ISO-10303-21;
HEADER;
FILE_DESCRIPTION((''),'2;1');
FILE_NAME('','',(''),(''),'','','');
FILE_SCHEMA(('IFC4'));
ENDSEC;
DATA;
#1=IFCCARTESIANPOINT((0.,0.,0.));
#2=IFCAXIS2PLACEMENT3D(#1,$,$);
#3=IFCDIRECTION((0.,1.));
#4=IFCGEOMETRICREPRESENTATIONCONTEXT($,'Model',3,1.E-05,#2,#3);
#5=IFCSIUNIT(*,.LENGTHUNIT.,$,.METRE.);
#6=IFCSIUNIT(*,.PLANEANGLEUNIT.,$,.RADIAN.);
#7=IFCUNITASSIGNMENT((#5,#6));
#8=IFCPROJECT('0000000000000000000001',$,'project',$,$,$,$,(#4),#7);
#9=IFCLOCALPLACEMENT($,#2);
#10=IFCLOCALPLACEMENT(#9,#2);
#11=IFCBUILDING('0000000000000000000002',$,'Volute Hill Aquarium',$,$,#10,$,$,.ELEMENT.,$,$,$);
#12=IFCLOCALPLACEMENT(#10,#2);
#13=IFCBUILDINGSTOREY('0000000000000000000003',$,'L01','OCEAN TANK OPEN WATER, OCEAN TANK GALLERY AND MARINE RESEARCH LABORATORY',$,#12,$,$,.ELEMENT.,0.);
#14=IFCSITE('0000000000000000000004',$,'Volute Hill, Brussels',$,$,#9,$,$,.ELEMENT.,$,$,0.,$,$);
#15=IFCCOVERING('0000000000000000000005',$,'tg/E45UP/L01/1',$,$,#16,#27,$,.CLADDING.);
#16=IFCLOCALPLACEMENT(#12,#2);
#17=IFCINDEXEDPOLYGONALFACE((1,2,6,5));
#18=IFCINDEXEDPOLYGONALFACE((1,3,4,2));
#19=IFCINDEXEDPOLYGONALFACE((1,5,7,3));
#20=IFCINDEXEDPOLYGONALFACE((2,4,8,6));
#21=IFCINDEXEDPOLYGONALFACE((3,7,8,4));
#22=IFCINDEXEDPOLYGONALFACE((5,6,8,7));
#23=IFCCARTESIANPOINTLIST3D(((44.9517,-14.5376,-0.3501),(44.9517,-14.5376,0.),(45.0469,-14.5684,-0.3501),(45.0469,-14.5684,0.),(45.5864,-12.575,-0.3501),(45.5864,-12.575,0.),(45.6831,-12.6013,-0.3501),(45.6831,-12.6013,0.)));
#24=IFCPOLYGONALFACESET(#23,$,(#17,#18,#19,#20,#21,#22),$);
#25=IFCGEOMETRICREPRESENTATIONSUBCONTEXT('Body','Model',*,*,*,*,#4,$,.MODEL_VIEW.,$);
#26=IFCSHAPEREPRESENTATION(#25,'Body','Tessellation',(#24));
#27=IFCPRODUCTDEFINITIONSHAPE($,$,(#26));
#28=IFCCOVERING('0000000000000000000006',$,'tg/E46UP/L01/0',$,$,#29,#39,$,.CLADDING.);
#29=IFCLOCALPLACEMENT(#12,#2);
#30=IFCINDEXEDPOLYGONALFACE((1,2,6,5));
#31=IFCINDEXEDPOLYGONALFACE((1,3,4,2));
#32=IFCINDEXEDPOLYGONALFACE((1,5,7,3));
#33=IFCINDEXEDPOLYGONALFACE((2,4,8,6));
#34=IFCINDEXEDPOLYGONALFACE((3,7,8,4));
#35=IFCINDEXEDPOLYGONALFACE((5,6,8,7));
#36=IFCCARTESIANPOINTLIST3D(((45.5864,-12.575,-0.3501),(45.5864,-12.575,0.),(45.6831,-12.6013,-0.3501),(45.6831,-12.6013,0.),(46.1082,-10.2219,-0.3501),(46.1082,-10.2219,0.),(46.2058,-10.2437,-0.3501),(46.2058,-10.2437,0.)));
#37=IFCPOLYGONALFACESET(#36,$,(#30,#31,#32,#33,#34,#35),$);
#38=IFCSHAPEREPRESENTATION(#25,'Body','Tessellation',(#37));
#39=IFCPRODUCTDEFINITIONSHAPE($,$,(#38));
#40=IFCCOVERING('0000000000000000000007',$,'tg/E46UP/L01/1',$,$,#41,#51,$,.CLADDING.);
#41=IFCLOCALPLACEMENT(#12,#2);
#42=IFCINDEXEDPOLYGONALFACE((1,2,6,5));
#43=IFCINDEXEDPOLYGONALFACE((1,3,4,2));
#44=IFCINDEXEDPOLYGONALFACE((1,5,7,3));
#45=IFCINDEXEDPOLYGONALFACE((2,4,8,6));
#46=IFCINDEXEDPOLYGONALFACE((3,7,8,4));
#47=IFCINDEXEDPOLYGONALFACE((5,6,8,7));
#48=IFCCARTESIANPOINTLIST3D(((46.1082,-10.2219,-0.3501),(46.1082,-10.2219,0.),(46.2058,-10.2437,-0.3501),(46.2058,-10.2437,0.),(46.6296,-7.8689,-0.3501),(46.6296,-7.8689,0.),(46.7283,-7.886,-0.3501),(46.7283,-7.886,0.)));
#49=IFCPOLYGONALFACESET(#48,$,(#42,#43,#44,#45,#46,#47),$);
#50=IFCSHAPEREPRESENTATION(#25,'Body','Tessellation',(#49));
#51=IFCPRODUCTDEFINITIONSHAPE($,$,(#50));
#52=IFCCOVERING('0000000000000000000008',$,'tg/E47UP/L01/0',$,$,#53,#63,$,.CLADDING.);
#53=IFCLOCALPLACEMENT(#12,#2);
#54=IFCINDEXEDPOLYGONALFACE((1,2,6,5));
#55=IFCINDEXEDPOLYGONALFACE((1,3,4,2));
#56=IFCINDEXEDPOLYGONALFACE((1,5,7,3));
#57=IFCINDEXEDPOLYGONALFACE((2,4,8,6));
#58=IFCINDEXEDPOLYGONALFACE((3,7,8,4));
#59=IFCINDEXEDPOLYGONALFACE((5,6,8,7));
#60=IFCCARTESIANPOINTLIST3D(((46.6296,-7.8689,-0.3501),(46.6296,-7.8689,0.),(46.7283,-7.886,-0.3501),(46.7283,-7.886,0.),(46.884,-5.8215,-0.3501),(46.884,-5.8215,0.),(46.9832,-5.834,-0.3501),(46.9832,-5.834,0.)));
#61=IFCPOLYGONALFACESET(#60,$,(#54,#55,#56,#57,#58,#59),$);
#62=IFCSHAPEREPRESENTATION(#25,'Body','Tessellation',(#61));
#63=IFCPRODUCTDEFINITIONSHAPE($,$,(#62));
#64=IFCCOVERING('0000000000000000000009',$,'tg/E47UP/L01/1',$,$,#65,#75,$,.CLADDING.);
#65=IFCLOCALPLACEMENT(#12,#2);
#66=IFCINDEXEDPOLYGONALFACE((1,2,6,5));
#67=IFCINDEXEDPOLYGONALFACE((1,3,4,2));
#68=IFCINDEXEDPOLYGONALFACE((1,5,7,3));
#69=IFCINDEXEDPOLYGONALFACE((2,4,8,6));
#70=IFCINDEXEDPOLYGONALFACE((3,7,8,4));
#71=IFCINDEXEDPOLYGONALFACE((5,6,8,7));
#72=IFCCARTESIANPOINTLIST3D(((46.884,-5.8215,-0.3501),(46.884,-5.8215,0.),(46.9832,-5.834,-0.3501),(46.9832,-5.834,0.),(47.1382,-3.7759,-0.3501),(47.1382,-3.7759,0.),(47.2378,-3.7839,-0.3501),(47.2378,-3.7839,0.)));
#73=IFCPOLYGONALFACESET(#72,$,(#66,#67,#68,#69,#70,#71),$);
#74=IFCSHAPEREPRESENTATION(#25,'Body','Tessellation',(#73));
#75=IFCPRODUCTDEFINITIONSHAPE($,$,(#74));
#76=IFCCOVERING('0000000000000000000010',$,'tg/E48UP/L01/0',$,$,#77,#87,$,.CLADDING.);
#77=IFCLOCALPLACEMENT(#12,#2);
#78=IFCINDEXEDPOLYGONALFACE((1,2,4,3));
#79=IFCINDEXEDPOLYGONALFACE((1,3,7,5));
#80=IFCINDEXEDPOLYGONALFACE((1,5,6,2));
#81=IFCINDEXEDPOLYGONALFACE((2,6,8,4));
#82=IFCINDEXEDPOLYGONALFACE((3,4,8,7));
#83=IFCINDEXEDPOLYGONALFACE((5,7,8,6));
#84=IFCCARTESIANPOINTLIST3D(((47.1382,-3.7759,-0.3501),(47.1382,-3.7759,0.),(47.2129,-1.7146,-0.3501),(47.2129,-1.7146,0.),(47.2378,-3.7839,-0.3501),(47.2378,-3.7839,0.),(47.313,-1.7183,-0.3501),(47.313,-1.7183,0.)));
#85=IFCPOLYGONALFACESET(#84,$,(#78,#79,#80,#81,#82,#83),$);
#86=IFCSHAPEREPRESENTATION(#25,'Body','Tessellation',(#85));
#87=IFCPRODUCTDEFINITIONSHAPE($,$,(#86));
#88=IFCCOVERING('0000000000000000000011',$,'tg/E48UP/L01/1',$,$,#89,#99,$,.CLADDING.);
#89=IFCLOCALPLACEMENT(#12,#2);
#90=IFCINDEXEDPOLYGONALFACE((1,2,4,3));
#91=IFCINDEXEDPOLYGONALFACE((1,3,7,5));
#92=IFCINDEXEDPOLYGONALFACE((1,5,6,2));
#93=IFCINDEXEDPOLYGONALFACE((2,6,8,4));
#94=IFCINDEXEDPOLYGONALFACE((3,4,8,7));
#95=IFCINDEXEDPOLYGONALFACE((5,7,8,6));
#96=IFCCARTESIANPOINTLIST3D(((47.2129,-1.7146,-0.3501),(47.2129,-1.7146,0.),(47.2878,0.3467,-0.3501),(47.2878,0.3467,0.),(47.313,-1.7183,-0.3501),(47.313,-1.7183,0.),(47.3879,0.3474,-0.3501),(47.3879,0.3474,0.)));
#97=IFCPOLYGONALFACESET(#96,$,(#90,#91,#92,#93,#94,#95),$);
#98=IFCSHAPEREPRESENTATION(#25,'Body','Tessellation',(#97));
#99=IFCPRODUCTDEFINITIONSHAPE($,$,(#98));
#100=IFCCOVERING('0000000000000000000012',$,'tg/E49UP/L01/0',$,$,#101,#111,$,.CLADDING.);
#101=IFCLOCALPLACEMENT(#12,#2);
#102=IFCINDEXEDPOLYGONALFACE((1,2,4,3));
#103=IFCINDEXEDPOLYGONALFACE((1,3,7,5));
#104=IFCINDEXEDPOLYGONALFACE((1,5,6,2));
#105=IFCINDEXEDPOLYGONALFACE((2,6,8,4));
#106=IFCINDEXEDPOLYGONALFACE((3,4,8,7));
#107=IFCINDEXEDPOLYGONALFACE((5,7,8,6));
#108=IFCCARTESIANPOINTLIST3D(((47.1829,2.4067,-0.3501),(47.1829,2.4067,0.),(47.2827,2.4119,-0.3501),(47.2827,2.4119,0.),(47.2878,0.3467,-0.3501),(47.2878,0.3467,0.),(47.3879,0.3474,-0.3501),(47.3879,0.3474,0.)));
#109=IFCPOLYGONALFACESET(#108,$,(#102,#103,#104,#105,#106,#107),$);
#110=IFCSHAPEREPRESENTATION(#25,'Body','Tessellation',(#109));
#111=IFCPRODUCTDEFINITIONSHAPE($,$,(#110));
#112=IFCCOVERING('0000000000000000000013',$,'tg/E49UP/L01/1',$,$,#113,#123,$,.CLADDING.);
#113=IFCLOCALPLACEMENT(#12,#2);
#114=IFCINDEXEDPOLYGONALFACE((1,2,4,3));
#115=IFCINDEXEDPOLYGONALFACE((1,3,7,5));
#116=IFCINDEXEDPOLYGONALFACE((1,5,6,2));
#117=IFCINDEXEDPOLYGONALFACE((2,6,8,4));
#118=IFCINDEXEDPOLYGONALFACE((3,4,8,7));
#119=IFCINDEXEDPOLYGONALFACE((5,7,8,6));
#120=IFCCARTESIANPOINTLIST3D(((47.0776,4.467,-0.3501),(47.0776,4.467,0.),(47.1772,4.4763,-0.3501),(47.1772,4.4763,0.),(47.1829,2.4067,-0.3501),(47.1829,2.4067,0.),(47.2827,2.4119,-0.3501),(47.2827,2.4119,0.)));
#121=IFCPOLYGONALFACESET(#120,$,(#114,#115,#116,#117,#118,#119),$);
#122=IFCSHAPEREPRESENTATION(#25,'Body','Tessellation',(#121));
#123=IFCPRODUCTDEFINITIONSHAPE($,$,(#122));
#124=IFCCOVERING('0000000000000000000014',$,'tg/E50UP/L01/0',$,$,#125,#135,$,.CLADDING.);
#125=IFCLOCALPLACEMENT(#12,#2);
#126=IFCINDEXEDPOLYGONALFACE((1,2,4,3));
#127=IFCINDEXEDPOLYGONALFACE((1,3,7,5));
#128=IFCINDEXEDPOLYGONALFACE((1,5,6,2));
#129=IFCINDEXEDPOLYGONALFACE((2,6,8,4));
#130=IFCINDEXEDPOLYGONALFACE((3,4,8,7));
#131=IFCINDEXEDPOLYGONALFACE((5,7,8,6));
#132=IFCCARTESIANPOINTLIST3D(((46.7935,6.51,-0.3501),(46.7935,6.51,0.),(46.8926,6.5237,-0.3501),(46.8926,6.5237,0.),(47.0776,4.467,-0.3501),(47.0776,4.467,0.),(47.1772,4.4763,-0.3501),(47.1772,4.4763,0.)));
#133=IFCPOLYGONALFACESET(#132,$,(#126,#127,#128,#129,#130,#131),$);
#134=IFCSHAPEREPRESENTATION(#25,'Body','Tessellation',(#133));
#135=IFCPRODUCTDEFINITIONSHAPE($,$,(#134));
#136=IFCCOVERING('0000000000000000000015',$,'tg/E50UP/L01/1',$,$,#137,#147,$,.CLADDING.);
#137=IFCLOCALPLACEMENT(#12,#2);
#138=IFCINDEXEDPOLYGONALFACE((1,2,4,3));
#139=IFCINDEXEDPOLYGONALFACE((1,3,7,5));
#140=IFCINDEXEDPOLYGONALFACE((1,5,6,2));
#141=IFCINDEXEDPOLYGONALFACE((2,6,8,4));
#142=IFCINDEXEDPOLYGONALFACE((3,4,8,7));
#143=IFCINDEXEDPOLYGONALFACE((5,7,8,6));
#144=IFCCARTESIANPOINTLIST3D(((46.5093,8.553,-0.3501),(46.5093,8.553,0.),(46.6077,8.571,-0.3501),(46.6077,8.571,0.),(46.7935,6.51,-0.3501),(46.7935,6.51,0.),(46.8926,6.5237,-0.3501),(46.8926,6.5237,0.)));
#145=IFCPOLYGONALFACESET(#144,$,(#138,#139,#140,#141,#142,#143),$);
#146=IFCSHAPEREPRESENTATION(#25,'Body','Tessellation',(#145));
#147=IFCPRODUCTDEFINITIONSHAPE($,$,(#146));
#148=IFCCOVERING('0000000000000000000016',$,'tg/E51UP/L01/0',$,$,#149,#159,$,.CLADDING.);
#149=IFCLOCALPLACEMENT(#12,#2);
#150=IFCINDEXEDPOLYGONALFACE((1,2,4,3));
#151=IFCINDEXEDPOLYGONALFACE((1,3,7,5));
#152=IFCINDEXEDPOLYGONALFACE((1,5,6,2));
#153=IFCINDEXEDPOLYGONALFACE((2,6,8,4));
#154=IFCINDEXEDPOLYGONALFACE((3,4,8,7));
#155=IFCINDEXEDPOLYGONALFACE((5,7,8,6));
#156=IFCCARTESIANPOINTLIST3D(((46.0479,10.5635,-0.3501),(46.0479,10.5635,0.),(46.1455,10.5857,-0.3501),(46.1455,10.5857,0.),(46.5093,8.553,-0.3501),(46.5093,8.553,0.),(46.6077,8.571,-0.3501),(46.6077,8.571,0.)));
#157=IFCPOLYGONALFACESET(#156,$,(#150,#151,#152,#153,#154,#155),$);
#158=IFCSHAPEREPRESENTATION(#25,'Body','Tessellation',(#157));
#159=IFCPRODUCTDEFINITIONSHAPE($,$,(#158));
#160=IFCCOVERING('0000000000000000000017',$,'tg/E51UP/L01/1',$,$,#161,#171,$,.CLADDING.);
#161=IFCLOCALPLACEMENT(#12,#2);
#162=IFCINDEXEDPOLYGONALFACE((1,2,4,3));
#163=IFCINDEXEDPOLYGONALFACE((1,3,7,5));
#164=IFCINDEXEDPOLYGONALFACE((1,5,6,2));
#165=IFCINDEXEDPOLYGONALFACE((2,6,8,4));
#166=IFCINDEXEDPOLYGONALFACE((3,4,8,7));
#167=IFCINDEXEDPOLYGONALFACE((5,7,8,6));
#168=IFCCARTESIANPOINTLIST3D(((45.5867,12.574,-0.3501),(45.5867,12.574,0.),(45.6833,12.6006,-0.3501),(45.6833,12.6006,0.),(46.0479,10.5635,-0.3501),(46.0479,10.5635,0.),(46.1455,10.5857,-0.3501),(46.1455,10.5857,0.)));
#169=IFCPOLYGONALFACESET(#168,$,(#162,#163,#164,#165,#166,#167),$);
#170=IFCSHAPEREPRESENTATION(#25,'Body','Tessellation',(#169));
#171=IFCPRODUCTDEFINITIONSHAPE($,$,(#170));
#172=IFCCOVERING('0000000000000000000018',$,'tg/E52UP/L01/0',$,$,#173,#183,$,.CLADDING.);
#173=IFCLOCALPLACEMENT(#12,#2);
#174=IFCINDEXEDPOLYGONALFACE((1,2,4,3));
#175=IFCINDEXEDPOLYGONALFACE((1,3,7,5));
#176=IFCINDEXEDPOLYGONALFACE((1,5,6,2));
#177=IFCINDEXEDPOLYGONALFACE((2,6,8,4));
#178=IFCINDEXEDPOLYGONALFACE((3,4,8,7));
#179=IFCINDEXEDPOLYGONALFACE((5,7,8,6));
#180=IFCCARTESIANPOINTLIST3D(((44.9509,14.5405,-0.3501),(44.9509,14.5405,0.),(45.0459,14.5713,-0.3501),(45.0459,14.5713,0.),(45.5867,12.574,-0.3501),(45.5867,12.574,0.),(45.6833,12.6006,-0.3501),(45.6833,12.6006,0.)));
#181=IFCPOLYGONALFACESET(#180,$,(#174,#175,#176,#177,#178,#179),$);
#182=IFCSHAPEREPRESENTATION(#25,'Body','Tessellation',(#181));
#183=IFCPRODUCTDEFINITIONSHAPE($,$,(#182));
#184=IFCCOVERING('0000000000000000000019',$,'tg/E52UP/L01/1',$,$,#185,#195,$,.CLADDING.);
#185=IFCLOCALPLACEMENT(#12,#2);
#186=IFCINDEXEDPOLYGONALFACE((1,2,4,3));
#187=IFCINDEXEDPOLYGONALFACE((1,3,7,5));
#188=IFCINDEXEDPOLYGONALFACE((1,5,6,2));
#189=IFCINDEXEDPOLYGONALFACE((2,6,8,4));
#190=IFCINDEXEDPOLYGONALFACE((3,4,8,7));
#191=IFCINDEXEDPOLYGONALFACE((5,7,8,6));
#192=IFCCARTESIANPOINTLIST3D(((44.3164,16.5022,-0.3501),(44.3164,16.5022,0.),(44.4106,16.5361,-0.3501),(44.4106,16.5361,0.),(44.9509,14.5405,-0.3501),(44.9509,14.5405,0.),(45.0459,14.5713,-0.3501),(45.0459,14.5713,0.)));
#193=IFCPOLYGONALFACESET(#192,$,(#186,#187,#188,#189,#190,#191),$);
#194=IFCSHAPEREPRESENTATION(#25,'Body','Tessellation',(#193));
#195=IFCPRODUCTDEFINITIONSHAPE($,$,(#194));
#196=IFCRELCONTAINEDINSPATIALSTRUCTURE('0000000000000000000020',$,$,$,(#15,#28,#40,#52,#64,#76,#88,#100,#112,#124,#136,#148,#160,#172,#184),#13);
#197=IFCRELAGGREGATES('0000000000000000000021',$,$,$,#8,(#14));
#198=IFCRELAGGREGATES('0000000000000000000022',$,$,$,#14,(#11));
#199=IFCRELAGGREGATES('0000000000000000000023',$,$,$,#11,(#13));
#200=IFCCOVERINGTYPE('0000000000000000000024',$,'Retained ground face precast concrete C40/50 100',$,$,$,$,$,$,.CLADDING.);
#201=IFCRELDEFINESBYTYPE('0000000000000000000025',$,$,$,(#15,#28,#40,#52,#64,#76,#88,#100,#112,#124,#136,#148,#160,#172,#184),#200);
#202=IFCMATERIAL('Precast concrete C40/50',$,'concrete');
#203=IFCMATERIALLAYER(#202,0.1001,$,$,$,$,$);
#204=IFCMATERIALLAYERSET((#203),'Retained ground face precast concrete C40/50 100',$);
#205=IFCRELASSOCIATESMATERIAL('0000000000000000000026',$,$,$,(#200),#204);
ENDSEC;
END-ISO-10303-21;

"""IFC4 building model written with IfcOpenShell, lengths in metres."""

from ifc_helpers import new_model, si_unit, direction, frame, origin, place, context, subcontext, project, spatial, polyline, outline, extrude, material, layer, layer_set, type_object, element, save


model = new_model("IFC4")

# Units and contexts
model_context = context("Model", 3, precision=1e-05, world=origin(), true_north=direction((0.0, 1.0)))
body_context = subcontext(model_context, "Body", "Model", "MODEL_VIEW")
ifc_project = project(units=[si_unit("LENGTHUNIT", "METRE"), si_unit("PLANEANGLEUNIT", "RADIAN")], contexts=[model_context])

# Site, building, storey
site_placement = place(None, origin())
site = spatial("IfcSite", under=ifc_project, at=site_placement, Name="Volute Hill, Brussels", CompositionType="ELEMENT", RefElevation=0.0)
building_placement = place(site_placement, origin())
building = spatial("IfcBuilding", under=site, at=building_placement, Name="Volute Hill Aquarium", CompositionType="ELEMENT")
storey_placement = place(building_placement, origin())
storey = spatial("IfcBuildingStorey", under=building, at=storey_placement, Name="L01", Description="OCEAN TANK OPEN WATER, OCEAN TANK GALLERY AND MARINE RESEARCH LABORATORY", CompositionType="ELEMENT", Elevation=0.0)

# Coverings
ifc_material = material(Name="Precast concrete C40/50", Category="concrete")
ifc_layer = layer(ifc_material, 0.1001)
ifc_layer_set = layer_set([ifc_layer], Name="Retained ground face precast concrete C40/50 100")
covering_type = type_object("IfcCoveringType", Name="Retained ground face precast concrete C40/50 100", PredefinedType="CLADDING", material=ifc_layer_set)
covering_1_placement = place(storey_placement, frame((0.0, 0.0, -0.3501)))
element("IfcCovering", 1, at=covering_1_placement, inside=storey, type_object=covering_type, Name="tg/E45UP/L01/1", PredefinedType="CLADDING", context=body_context, shape_type="SweptSolid", body=[
    extrude(outline(polyline([(45.6831, -12.6013), (45.6831, -12.6013), (45.5864, -12.575), (45.5864, -12.575), (44.9517, -14.5376), (45.0469, -14.5684), (45.6831, -12.6013)])), origin(), (0.0, 0.0, 1.0), 0.3501),
])
covering_2_placement = place(storey_placement, frame((0.0, 0.0, -0.3501)))
element("IfcCovering", 2, at=covering_2_placement, inside=storey, type_object=covering_type, Name="tg/E46UP/L01/0", PredefinedType="CLADDING", context=body_context, shape_type="SweptSolid", body=[
    extrude(outline(polyline([(45.6831, -12.6013), (46.2058, -10.2437), (46.1082, -10.2219), (45.5864, -12.575), (45.6831, -12.6013)])), origin(), (0.0, 0.0, 1.0), 0.3501),
])
covering_3_placement = place(storey_placement, frame((0.0, 0.0, -0.3501)))
element("IfcCovering", 3, at=covering_3_placement, inside=storey, type_object=covering_type, Name="tg/E46UP/L01/1", PredefinedType="CLADDING", context=body_context, shape_type="SweptSolid", body=[
    extrude(outline(polyline([(46.2058, -10.2437), (46.7283, -7.886), (46.6296, -7.8689), (46.1082, -10.2219), (46.2058, -10.2437)])), origin(), (0.0, 0.0, 1.0), 0.3501),
])
covering_4_placement = place(storey_placement, frame((0.0, 0.0, -0.3501)))
element("IfcCovering", 4, at=covering_4_placement, inside=storey, type_object=covering_type, Name="tg/E47UP/L01/0", PredefinedType="CLADDING", context=body_context, shape_type="SweptSolid", body=[
    extrude(outline(polyline([(46.7283, -7.886), (46.9832, -5.834), (46.884, -5.8215), (46.6296, -7.8689), (46.6296, -7.8689), (46.7283, -7.886), (46.7283, -7.886)])), origin(), (0.0, 0.0, 1.0), 0.3501),
])
covering_5_placement = place(storey_placement, frame((0.0, 0.0, -0.3501)))
element("IfcCovering", 5, at=covering_5_placement, inside=storey, type_object=covering_type, Name="tg/E47UP/L01/1", PredefinedType="CLADDING", context=body_context, shape_type="SweptSolid", body=[
    extrude(outline(polyline([(46.9832, -5.834), (47.2378, -3.7839), (47.1382, -3.7759), (47.1382, -3.7759), (46.884, -5.8215), (46.9832, -5.834)])), origin(), (0.0, 0.0, 1.0), 0.3501),
])
covering_6_placement = place(storey_placement, frame((0.0, 0.0, -0.3501)))
element("IfcCovering", 6, at=covering_6_placement, inside=storey, type_object=covering_type, Name="tg/E48UP/L01/0", PredefinedType="CLADDING", context=body_context, shape_type="SweptSolid", body=[
    extrude(outline(polyline([(47.2378, -3.7839), (47.313, -1.7183), (47.2129, -1.7146), (47.1382, -3.7759), (47.2378, -3.7839), (47.2378, -3.7839)])), origin(), (0.0, 0.0, 1.0), 0.3501),
])
covering_7_placement = place(storey_placement, frame((0.0, 0.0, -0.3501)))
element("IfcCovering", 7, at=covering_7_placement, inside=storey, type_object=covering_type, Name="tg/E48UP/L01/1", PredefinedType="CLADDING", context=body_context, shape_type="SweptSolid", body=[
    extrude(outline(polyline([(47.3879, 0.3474), (47.3879, 0.3474), (47.2878, 0.3467), (47.2878, 0.3467), (47.2129, -1.7146), (47.313, -1.7183), (47.3879, 0.3474)])), origin(), (0.0, 0.0, 1.0), 0.3501),
])
covering_8_placement = place(storey_placement, frame((0.0, 0.0, -0.3501)))
element("IfcCovering", 8, at=covering_8_placement, inside=storey, type_object=covering_type, Name="tg/E49UP/L01/0", PredefinedType="CLADDING", context=body_context, shape_type="SweptSolid", body=[
    extrude(outline(polyline([(47.3879, 0.3474), (47.2827, 2.4119), (47.1829, 2.4067), (47.2878, 0.3467), (47.3879, 0.3474)])), origin(), (0.0, 0.0, 1.0), 0.3501),
])
covering_9_placement = place(storey_placement, frame((0.0, 0.0, -0.3501)))
element("IfcCovering", 9, at=covering_9_placement, inside=storey, type_object=covering_type, Name="tg/E49UP/L01/1", PredefinedType="CLADDING", context=body_context, shape_type="SweptSolid", body=[
    extrude(outline(polyline([(47.2827, 2.4119), (47.1772, 4.4763), (47.0776, 4.467), (47.1829, 2.4067), (47.2827, 2.4119)])), origin(), (0.0, 0.0, 1.0), 0.3501),
])
covering_10_placement = place(storey_placement, frame((0.0, 0.0, -0.3501)))
element("IfcCovering", 10, at=covering_10_placement, inside=storey, type_object=covering_type, Name="tg/E50UP/L01/0", PredefinedType="CLADDING", context=body_context, shape_type="SweptSolid", body=[
    extrude(outline(polyline([(47.1772, 4.4763), (46.8926, 6.5237), (46.7935, 6.51), (47.0776, 4.467), (47.0776, 4.467), (47.1772, 4.4763), (47.1772, 4.4763)])), origin(), (0.0, 0.0, 1.0), 0.3501),
])
covering_11_placement = place(storey_placement, frame((0.0, 0.0, -0.3501)))
element("IfcCovering", 11, at=covering_11_placement, inside=storey, type_object=covering_type, Name="tg/E50UP/L01/1", PredefinedType="CLADDING", context=body_context, shape_type="SweptSolid", body=[
    extrude(outline(polyline([(46.6077, 8.571), (46.6077, 8.571), (46.5093, 8.553), (46.5093, 8.553), (46.7935, 6.51), (46.8926, 6.5237), (46.6077, 8.571)])), origin(), (0.0, 0.0, 1.0), 0.3501),
])
covering_12_placement = place(storey_placement, frame((0.0, 0.0, -0.3501)))
element("IfcCovering", 12, at=covering_12_placement, inside=storey, type_object=covering_type, Name="tg/E51UP/L01/0", PredefinedType="CLADDING", context=body_context, shape_type="SweptSolid", body=[
    extrude(outline(polyline([(46.6077, 8.571), (46.1455, 10.5857), (46.0479, 10.5635), (46.5093, 8.553), (46.6077, 8.571)])), origin(), (0.0, 0.0, 1.0), 0.3501),
])
covering_13_placement = place(storey_placement, frame((0.0, 0.0, -0.3501)))
element("IfcCovering", 13, at=covering_13_placement, inside=storey, type_object=covering_type, Name="tg/E51UP/L01/1", PredefinedType="CLADDING", context=body_context, shape_type="SweptSolid", body=[
    extrude(outline(polyline([(45.6833, 12.6006), (45.6833, 12.6006), (45.5867, 12.574), (46.0479, 10.5635), (46.1455, 10.5857), (45.6833, 12.6006)])), origin(), (0.0, 0.0, 1.0), 0.3501),
])
covering_14_placement = place(storey_placement, frame((0.0, 0.0, -0.3501)))
element("IfcCovering", 14, at=covering_14_placement, inside=storey, type_object=covering_type, Name="tg/E52UP/L01/0", PredefinedType="CLADDING", context=body_context, shape_type="SweptSolid", body=[
    extrude(outline(polyline([(45.6833, 12.6006), (45.0459, 14.5713), (44.9509, 14.5405), (45.5867, 12.574), (45.5867, 12.574), (45.6833, 12.6006)])), origin(), (0.0, 0.0, 1.0), 0.3501),
])
covering_15_placement = place(storey_placement, frame((0.0, 0.0, -0.3501)))
element("IfcCovering", 15, at=covering_15_placement, inside=storey, type_object=covering_type, Name="tg/E52UP/L01/1", PredefinedType="CLADDING", context=body_context, shape_type="SweptSolid", body=[
    extrude(outline(polyline([(45.0459, 14.5713), (44.4106, 16.5361), (44.3164, 16.5022), (44.9509, 14.5405), (45.0459, 14.5713)])), origin(), (0.0, 0.0, 1.0), 0.3501),
])

save(model, "model.ifc")
